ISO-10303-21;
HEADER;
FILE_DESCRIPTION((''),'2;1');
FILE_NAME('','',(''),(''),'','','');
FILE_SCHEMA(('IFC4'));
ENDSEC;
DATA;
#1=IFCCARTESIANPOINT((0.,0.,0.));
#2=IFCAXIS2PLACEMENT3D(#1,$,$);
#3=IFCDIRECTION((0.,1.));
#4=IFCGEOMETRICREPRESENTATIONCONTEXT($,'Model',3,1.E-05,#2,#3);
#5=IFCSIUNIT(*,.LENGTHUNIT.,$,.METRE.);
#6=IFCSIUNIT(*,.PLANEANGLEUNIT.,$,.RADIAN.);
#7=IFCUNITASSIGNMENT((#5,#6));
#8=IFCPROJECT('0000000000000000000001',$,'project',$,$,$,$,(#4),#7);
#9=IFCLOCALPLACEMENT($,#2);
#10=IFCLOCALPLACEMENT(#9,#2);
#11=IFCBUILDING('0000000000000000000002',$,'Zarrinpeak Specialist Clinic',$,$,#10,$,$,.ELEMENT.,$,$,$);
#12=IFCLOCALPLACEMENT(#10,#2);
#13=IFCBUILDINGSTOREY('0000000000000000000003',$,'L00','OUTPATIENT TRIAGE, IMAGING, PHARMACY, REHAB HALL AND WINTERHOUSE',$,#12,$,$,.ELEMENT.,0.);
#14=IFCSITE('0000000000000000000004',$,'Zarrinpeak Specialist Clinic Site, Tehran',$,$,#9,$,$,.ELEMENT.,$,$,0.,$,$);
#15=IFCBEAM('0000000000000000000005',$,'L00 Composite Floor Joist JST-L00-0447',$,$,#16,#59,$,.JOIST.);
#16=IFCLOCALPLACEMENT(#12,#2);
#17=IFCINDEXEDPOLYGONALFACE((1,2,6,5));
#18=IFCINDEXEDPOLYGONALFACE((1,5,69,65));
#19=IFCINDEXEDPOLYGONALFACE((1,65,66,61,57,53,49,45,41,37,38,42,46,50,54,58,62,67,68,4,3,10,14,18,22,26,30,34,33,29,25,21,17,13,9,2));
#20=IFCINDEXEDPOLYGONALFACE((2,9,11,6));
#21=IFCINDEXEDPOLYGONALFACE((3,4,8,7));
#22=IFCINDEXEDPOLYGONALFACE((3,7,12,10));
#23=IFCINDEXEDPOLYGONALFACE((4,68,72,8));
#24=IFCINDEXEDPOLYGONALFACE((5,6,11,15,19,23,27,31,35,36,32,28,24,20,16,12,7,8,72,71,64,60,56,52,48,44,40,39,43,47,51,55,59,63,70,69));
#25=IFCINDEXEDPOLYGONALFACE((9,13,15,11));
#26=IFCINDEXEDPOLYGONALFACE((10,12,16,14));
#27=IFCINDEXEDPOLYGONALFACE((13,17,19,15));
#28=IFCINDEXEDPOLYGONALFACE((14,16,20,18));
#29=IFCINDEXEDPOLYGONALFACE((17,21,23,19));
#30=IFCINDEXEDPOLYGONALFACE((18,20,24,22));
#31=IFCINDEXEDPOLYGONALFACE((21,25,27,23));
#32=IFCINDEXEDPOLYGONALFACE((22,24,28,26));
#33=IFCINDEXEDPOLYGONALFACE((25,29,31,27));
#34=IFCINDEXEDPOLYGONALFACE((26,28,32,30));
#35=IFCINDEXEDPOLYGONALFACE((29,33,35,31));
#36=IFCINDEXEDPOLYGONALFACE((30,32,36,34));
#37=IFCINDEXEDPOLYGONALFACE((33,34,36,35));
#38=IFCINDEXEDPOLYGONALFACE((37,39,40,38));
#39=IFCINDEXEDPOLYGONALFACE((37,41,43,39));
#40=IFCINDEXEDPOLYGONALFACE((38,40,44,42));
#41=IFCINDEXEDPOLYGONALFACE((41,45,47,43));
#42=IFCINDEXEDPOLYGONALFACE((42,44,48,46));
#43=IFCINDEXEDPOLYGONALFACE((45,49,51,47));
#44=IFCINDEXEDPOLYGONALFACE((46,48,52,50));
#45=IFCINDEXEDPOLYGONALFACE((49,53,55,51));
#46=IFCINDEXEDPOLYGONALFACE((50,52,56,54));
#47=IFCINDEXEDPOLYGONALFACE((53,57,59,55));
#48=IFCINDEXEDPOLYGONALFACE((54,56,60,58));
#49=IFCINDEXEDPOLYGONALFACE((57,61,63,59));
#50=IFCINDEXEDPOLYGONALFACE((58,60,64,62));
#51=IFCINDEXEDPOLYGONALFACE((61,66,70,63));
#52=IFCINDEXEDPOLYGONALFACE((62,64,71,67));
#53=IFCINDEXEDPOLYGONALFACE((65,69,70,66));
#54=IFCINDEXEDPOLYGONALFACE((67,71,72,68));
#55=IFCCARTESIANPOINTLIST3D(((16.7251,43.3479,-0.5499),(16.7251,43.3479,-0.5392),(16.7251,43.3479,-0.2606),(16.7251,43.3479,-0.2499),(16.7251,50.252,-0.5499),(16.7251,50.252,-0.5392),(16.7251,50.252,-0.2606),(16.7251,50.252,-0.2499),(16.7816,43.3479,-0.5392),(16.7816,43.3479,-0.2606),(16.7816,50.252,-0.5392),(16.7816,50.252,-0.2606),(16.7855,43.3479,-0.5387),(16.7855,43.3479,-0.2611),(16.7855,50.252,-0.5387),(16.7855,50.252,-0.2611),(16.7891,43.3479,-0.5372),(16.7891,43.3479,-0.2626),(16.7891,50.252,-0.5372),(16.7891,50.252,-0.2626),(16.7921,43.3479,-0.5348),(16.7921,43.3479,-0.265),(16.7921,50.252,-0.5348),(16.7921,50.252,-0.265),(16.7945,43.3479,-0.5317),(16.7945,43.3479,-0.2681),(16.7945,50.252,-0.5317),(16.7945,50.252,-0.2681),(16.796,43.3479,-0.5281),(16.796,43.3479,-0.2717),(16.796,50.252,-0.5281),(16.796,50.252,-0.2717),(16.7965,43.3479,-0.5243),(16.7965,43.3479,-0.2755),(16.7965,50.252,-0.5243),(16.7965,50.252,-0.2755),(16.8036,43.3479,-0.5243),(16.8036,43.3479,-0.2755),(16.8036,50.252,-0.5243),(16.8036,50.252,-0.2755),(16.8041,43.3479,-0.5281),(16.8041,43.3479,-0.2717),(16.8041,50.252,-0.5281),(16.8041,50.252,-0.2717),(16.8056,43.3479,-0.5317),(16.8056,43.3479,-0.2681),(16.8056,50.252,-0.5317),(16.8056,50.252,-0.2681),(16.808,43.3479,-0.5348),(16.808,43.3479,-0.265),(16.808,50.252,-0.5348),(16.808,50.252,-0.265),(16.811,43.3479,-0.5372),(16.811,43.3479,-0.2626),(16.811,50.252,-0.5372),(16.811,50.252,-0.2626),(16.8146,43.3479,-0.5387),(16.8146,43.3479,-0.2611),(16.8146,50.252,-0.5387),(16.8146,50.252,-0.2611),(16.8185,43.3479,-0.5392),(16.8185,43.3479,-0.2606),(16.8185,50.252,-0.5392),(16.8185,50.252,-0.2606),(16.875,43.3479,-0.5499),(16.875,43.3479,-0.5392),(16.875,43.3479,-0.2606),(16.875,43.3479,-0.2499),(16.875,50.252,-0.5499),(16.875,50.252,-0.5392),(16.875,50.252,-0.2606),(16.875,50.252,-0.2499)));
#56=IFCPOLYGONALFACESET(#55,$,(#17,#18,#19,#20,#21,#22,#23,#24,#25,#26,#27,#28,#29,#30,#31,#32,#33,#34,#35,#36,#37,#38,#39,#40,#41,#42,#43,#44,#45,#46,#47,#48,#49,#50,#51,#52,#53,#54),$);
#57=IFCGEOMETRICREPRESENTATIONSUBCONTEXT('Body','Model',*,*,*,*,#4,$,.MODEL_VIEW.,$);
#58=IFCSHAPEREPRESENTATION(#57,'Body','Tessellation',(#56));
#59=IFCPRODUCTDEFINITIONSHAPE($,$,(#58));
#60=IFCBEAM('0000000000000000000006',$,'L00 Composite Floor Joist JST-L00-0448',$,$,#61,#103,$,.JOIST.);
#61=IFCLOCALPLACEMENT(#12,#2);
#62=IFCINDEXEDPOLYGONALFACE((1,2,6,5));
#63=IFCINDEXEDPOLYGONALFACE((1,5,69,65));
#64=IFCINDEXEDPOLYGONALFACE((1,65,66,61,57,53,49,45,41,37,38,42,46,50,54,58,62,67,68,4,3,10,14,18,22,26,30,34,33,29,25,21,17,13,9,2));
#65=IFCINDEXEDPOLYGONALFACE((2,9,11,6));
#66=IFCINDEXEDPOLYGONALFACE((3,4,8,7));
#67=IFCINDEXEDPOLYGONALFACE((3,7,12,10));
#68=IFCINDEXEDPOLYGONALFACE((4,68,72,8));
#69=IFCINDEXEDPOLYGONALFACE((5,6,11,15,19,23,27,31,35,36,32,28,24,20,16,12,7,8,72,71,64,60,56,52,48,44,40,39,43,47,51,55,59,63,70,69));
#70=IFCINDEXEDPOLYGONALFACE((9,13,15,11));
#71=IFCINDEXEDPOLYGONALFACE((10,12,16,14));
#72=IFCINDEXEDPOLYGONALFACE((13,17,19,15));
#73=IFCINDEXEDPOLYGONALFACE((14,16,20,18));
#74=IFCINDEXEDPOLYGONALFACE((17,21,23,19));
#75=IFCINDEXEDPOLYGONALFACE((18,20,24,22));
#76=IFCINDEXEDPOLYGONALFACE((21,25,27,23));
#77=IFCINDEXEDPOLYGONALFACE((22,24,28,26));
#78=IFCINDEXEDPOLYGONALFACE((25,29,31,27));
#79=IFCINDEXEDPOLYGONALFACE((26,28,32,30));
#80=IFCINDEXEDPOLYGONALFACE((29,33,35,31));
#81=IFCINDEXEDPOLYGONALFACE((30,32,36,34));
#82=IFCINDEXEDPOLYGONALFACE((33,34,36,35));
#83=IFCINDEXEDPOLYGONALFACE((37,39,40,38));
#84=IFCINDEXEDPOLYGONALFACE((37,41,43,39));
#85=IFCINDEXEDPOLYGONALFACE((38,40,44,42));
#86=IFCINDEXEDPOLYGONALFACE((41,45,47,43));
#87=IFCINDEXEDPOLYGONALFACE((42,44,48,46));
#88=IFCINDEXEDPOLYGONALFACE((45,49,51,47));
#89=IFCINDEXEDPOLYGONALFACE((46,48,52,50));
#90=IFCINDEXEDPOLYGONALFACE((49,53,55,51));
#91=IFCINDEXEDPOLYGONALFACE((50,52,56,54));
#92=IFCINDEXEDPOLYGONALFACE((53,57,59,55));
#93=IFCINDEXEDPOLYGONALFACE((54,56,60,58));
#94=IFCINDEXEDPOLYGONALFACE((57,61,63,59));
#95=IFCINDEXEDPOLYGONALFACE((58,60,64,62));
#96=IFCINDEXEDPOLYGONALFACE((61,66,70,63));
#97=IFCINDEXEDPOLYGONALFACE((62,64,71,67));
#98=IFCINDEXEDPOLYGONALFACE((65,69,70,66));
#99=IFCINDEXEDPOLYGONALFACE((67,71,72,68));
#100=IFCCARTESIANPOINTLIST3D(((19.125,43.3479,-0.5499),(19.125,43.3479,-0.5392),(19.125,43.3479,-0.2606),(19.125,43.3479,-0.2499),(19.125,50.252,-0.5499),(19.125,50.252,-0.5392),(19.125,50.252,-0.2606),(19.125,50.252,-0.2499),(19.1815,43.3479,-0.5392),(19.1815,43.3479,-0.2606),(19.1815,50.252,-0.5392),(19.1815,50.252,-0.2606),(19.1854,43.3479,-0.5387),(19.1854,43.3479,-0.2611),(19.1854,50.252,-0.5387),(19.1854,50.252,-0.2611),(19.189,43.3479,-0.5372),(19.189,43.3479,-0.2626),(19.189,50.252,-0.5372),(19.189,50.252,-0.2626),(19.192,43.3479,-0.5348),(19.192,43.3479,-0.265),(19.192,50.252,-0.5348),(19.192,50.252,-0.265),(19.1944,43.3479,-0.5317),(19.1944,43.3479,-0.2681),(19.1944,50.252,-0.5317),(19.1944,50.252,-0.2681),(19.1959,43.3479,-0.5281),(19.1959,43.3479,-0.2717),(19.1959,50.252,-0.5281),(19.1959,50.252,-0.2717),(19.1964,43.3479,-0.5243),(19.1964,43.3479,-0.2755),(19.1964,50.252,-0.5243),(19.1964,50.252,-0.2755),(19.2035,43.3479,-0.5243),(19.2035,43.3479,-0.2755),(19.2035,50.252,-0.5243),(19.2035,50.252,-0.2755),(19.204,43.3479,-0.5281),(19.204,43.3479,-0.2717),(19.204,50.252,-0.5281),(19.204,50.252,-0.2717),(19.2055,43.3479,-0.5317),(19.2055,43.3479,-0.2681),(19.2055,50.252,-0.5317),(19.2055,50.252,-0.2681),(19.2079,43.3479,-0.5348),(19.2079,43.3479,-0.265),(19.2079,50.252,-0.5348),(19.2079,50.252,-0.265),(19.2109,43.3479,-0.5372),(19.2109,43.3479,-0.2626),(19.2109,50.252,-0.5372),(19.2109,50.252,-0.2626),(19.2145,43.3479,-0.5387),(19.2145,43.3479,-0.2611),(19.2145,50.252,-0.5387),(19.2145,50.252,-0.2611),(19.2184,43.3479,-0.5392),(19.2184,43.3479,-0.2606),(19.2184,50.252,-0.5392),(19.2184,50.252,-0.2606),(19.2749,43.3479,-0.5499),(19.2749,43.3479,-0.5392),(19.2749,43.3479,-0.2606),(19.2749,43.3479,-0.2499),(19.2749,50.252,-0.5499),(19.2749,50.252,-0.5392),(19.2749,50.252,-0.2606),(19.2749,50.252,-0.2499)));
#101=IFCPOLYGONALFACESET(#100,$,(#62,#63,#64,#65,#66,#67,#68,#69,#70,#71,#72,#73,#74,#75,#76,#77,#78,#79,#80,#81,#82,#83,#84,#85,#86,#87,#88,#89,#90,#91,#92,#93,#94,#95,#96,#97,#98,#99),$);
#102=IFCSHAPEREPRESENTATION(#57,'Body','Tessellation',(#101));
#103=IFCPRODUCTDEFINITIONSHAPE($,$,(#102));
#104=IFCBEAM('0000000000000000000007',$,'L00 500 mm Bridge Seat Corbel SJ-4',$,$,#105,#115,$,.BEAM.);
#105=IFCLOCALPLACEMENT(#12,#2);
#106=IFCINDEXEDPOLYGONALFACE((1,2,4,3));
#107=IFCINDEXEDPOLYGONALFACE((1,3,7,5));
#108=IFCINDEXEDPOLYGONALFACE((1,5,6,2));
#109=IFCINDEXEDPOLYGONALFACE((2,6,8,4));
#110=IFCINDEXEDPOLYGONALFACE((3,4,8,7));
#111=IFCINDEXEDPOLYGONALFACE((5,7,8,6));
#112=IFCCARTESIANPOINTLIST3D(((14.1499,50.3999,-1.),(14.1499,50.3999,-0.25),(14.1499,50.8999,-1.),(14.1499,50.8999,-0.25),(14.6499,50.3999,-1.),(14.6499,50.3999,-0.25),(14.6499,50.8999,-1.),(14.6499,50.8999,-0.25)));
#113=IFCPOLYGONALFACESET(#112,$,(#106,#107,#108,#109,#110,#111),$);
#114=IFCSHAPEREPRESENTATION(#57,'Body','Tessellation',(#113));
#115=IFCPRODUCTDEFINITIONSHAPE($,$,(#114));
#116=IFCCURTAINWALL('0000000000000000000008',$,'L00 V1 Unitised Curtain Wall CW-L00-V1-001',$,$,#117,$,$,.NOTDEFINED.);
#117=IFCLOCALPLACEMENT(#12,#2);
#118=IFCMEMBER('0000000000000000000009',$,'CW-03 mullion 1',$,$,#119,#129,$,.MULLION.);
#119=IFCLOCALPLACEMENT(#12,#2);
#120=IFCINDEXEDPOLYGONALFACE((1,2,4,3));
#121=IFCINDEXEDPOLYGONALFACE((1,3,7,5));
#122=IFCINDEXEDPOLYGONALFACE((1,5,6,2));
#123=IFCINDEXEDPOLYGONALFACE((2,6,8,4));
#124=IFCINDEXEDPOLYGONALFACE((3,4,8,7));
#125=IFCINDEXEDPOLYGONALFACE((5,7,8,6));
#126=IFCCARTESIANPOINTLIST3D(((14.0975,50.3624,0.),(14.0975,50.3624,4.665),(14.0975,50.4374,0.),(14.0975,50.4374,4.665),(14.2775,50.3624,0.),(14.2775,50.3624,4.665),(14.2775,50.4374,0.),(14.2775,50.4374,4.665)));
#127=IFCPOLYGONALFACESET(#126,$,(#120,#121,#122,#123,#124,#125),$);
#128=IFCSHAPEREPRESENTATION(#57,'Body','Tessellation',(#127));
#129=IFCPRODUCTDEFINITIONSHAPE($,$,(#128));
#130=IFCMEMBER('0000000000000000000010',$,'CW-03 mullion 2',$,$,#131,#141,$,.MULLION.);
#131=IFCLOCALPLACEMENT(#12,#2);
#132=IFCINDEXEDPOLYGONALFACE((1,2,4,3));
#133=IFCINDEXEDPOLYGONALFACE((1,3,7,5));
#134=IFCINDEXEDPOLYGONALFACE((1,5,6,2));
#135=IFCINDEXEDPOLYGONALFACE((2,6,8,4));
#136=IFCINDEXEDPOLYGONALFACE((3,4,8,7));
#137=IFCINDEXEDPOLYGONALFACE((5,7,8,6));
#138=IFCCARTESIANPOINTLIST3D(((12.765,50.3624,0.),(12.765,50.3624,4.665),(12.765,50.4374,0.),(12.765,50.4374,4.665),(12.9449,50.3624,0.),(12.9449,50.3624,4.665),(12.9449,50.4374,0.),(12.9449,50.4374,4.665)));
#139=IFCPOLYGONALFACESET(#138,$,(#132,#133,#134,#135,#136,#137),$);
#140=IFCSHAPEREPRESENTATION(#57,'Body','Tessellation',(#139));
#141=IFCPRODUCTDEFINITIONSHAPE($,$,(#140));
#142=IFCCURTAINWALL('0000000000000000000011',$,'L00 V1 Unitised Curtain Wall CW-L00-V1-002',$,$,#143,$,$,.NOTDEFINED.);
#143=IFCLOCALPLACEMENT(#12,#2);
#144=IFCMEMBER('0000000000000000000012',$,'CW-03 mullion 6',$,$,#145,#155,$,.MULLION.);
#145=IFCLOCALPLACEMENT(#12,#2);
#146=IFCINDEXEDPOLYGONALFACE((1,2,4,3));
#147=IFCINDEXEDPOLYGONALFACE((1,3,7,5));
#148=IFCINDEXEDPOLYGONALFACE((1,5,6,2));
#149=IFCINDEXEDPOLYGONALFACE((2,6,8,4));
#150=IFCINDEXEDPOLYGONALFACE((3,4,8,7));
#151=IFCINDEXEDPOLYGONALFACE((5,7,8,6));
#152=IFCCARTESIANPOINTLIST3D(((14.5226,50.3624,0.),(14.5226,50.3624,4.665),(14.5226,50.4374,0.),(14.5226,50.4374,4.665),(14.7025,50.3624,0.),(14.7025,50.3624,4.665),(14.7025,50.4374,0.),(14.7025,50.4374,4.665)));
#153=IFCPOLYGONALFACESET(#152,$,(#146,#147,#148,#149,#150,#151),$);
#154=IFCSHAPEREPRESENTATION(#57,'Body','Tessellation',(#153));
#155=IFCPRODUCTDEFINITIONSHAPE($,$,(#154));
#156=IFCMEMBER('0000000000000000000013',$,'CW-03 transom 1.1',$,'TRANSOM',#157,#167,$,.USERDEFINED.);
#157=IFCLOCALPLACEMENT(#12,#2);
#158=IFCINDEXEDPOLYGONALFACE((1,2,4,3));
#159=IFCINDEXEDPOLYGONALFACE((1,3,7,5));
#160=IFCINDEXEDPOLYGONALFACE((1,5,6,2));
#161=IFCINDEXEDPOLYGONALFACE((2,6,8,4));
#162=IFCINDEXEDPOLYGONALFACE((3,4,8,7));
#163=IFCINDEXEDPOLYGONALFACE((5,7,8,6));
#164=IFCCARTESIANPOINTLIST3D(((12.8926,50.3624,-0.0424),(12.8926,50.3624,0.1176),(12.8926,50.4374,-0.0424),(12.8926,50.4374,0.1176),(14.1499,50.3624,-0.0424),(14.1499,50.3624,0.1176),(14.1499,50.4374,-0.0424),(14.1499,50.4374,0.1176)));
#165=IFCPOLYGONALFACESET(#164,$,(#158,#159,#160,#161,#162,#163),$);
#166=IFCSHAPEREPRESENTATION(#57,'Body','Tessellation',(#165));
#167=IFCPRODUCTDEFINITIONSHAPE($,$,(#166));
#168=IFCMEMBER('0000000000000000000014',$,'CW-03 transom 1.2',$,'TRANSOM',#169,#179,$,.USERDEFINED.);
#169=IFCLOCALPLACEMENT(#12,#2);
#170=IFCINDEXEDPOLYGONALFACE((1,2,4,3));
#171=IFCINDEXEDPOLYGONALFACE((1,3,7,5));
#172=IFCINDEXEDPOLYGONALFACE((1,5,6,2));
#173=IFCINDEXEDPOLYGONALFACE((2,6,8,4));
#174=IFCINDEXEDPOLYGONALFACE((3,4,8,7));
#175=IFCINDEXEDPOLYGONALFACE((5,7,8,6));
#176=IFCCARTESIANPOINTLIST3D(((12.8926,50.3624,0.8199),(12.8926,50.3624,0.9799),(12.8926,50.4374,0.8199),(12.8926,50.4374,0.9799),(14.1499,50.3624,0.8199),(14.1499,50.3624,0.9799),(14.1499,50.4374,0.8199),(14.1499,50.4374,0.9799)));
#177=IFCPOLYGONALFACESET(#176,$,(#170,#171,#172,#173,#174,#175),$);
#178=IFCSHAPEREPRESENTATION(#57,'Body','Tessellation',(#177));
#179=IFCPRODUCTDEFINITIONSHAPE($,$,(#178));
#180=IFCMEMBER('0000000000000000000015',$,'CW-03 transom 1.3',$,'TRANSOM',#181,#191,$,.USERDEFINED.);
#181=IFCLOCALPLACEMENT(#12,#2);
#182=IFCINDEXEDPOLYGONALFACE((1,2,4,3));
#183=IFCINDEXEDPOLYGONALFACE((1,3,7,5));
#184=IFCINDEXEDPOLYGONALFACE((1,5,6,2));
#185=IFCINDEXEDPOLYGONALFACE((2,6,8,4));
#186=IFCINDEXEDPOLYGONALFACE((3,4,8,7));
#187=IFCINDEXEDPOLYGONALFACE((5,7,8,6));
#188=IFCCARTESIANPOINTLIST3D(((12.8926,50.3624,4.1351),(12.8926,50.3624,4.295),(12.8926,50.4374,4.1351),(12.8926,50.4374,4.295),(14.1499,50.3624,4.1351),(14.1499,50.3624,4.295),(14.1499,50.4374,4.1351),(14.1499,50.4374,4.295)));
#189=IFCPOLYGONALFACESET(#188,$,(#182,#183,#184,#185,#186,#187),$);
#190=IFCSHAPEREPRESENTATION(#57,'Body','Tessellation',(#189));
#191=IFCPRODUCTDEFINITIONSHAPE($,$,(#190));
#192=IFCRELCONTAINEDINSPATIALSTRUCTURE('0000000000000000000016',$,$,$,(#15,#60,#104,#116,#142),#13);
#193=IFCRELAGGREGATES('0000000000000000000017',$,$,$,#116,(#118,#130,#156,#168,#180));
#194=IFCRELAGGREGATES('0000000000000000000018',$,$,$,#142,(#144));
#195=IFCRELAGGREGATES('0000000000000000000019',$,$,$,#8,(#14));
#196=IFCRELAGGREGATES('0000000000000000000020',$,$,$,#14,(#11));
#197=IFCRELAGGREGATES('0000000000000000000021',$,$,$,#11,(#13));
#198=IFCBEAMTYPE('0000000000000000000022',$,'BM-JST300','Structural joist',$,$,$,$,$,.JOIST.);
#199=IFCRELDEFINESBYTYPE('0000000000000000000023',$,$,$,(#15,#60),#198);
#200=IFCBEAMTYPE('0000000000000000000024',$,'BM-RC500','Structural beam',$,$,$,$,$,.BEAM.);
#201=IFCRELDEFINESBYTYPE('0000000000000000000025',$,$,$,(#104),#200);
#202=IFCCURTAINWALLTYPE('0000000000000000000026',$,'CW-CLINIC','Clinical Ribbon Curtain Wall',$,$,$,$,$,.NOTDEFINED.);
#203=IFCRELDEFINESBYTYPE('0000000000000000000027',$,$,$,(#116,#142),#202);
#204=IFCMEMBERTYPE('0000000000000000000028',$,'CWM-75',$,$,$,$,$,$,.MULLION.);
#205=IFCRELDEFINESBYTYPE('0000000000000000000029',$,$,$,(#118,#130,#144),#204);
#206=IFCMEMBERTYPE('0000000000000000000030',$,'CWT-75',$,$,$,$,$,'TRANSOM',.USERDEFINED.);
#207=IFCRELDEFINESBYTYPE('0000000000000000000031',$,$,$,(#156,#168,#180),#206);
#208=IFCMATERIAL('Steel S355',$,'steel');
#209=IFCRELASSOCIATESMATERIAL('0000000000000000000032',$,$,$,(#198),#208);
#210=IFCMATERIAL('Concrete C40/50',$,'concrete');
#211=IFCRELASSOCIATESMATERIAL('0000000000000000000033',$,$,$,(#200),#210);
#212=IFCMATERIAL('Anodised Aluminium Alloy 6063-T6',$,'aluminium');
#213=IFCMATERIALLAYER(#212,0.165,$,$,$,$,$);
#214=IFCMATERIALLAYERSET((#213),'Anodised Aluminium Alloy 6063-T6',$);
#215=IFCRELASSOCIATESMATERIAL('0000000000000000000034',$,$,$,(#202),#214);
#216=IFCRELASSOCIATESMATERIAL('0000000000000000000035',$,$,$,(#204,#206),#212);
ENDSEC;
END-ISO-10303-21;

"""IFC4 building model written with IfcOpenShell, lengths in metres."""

from ifc_helpers import new_model, si_unit, direction, frame, origin, origin_2d, place, context, subcontext, project, spatial, rectangle, i_section, extrude, material, layer, layer_set, material_profile, profile_set, type_object, element, aggregate, save


model = new_model("IFC4")

# Units and contexts
model_context = context("Model", 3, precision=1e-05, world=origin(), true_north=direction((0.0, 1.0)))
body_context = subcontext(model_context, "Body", "Model", "MODEL_VIEW")
ifc_project = project(units=[si_unit("LENGTHUNIT", "METRE"), si_unit("PLANEANGLEUNIT", "RADIAN")], contexts=[model_context])

# Site, building, storey
site_placement = place(None, origin())
site = spatial("IfcSite", under=ifc_project, at=site_placement, Name="Zarrinpeak Specialist Clinic Site, Tehran", CompositionType="ELEMENT", RefElevation=0.0)
building_placement = place(site_placement, origin())
building = spatial("IfcBuilding", under=site, at=building_placement, Name="Zarrinpeak Specialist Clinic", CompositionType="ELEMENT")
storey_placement = place(building_placement, origin())
storey = spatial("IfcBuildingStorey", under=building, at=storey_placement, Name="L00", Description="OUTPATIENT TRIAGE, IMAGING, PHARMACY, REHAB HALL AND WINTERHOUSE", CompositionType="ELEMENT", Elevation=0.0)

# Shared definitions
ifc_material_1 = material(Name="Steel S355", Category="steel")

# Beams
ifc_material_profile_1 = material_profile(ifc_material_1, i_section(OverallWidth=0.1499, OverallDepth=0.3, WebThickness=0.0071, FlangeThickness=0.0107, FilletRadius=0.0149, at=origin_2d()), Name="IPE 300")
ifc_profile_set_1 = profile_set([ifc_material_profile_1], Name="Steel S355")
beam_type_1 = type_object("IfcBeamType", Name="BM-JST300", Description="Structural joist", PredefinedType="JOIST", material=ifc_profile_set_1)
for number, where, z_axis, x_axis, name in (
    (1, (16.8, 43.3479, -0.3999), (0.0, 1.0, 0.0), (-1.0, 0.0, 0.0), "L00 Composite Floor Joist JST-L00-0447"),
    (2, (19.2, 43.3479, -0.3999), (0.0, 1.0, 0.0), (-1.0, 0.0, 0.0), "L00 Composite Floor Joist JST-L00-0448"),
):
    element("IfcBeam", number, at=place(storey_placement, frame(where, z_axis=z_axis, x_axis=x_axis)), inside=storey, type_object=beam_type_1, Name=name, PredefinedType="JOIST", context=body_context, shape_type="SweptSolid", body=[
        extrude(i_section(OverallWidth=0.1499, OverallDepth=0.3, WebThickness=0.0071, FlangeThickness=0.0107, FilletRadius=0.0149, at=origin_2d()), origin(), (0.0, 0.0, 1.0), 6.9041),
    ])
ifc_material_2 = material(Name="Concrete C40/50", Category="concrete")
ifc_material_profile_2 = material_profile(ifc_material_2, rectangle(XDim=0.5, YDim=0.75, at=origin_2d()), Name="RC 500x750")
ifc_profile_set_2 = profile_set([ifc_material_profile_2], Name="Concrete C40/50")
beam_type_2 = type_object("IfcBeamType", Name="BM-RC500", Description="Structural beam", PredefinedType="BEAM", material=ifc_profile_set_2)
beam_1_placement = place(storey_placement, frame((14.3999, 50.3999, -0.625), z_axis=(0.0, 1.0, 0.0), x_axis=(-1.0, 0.0, 0.0)))
element("IfcBeam", 3, at=beam_1_placement, inside=storey, type_object=beam_type_2, Name="L00 500 mm Bridge Seat Corbel SJ-4", PredefinedType="BEAM", context=body_context, shape_type="SweptSolid", body=[
    extrude(rectangle(XDim=0.5, YDim=0.75, at=origin_2d()), origin(), (0.0, 0.0, 1.0), 0.5),
])

# Curtain wall, members
ifc_material_3 = material(Name="Anodised Aluminium Alloy 6063-T6", Category="aluminium")
ifc_layer_1 = layer(ifc_material_3, 0.165)
ifc_layer_set_1 = layer_set([ifc_layer_1], Name="Anodised Aluminium Alloy 6063-T6")
curtain_wall_type = type_object("IfcCurtainWallType", Name="CW-CLINIC", Description="Clinical Ribbon Curtain Wall", PredefinedType="NOTDEFINED", material=ifc_layer_set_1)
curtain_wall_1_placement = place(storey_placement, origin())
curtain_wall_1 = element("IfcCurtainWall", 4, at=curtain_wall_1_placement, inside=storey, type_object=curtain_wall_type, Name="L00 V1 Unitised Curtain Wall CW-L00-V1-001", PredefinedType="NOTDEFINED")
ifc_material_profile_3 = material_profile(ifc_material_3, rectangle(XDim=0.075, YDim=0.1799, at=origin_2d()), Name="ALU 75x180")
ifc_profile_set_3 = profile_set([ifc_material_profile_3], Name="Anodised Aluminium Alloy 6063-T6")
member_type_1 = type_object("IfcMemberType", Name="CWM-75", PredefinedType="MULLION", material=ifc_profile_set_3)
member_1_placement = place(storey_placement, frame((14.1875, 50.3999, 0.0), z_axis=(0.0, 0.0, 1.0), x_axis=(0.0, -1.0, 0.0)))
member_1 = element("IfcMember", 5, at=member_1_placement, type_object=member_type_1, Name="CW-03 mullion 1", PredefinedType="MULLION", context=body_context, shape_type="SweptSolid", body=[
    extrude(rectangle(XDim=0.075, YDim=0.1799, at=origin_2d()), origin(), (0.0, 0.0, 1.0), 4.665),
])
member_2_placement = place(storey_placement, frame((12.855, 50.3999, 0.0), z_axis=(0.0, 0.0, 1.0), x_axis=(0.0, -1.0, 0.0)))
member_2 = element("IfcMember", 6, at=member_2_placement, type_object=member_type_1, Name="CW-03 mullion 2", PredefinedType="MULLION", context=body_context, shape_type="SweptSolid", body=[
    extrude(rectangle(XDim=0.075, YDim=0.1799, at=origin_2d()), origin(), (0.0, 0.0, 1.0), 4.665),
])

# Curtain wall, member
curtain_wall_2_placement = place(storey_placement, origin())
curtain_wall_2 = element("IfcCurtainWall", 7, at=curtain_wall_2_placement, inside=storey, type_object=curtain_wall_type, Name="L00 V1 Unitised Curtain Wall CW-L00-V1-002", PredefinedType="NOTDEFINED")
member_3_placement = place(storey_placement, frame((14.6125, 50.3999, 0.0), z_axis=(0.0, 0.0, 1.0), x_axis=(0.0, -1.0, 0.0)))
member_3 = element("IfcMember", 8, at=member_3_placement, type_object=member_type_1, Name="CW-03 mullion 6", PredefinedType="MULLION", context=body_context, shape_type="SweptSolid", body=[
    extrude(rectangle(XDim=0.075, YDim=0.1799, at=origin_2d()), origin(), (0.0, 0.0, 1.0), 4.665),
])

# Members
ifc_material_profile_4 = material_profile(ifc_material_3, rectangle(XDim=0.075, YDim=0.1599, at=origin_2d()), Name="ALU 75x160")
ifc_profile_set_4 = profile_set([ifc_material_profile_4], Name="Anodised Aluminium Alloy 6063-T6")
member_type_2 = type_object("IfcMemberType", Name="CWT-75", ElementType="TRANSOM", PredefinedType="USERDEFINED", material=ifc_profile_set_4)
member_4_placement = place(storey_placement, frame((14.1499, 50.3999, 0.0376), z_axis=(-1.0, 0.0, 0.0), x_axis=(0.0, -1.0, 0.0)))
member_4 = element("IfcMember", 9, at=member_4_placement, type_object=member_type_2, Name="CW-03 transom 1.1", ObjectType="TRANSOM", PredefinedType="USERDEFINED", context=body_context, shape_type="SweptSolid", body=[
    extrude(rectangle(XDim=0.075, YDim=0.1599, at=origin_2d()), origin(), (0.0, 0.0, 1.0), 1.2573),
])
member_5_placement = place(storey_placement, frame((14.1499, 50.3999, 0.8999), z_axis=(-1.0, 0.0, 0.0), x_axis=(0.0, -1.0, 0.0)))
member_5 = element("IfcMember", 10, at=member_5_placement, type_object=member_type_2, Name="CW-03 transom 1.2", ObjectType="TRANSOM", PredefinedType="USERDEFINED", context=body_context, shape_type="SweptSolid", body=[
    extrude(rectangle(XDim=0.075, YDim=0.1599, at=origin_2d()), origin(), (0.0, 0.0, 1.0), 1.2573),
])
member_6_placement = place(storey_placement, frame((14.1499, 50.3999, 4.2151), z_axis=(-1.0, 0.0, 0.0), x_axis=(0.0, -1.0, 0.0)))
member_6 = element("IfcMember", 11, at=member_6_placement, type_object=member_type_2, Name="CW-03 transom 1.3", ObjectType="TRANSOM", PredefinedType="USERDEFINED", context=body_context, shape_type="SweptSolid", body=[
    extrude(rectangle(XDim=0.075, YDim=0.1599, at=origin_2d()), origin(), (0.0, 0.0, 1.0), 1.2573),
])

aggregate(curtain_wall_1, [member_1, member_2, member_4, member_5, member_6])
aggregate(curtain_wall_2, [member_3])

save(model, "model.ifc")
